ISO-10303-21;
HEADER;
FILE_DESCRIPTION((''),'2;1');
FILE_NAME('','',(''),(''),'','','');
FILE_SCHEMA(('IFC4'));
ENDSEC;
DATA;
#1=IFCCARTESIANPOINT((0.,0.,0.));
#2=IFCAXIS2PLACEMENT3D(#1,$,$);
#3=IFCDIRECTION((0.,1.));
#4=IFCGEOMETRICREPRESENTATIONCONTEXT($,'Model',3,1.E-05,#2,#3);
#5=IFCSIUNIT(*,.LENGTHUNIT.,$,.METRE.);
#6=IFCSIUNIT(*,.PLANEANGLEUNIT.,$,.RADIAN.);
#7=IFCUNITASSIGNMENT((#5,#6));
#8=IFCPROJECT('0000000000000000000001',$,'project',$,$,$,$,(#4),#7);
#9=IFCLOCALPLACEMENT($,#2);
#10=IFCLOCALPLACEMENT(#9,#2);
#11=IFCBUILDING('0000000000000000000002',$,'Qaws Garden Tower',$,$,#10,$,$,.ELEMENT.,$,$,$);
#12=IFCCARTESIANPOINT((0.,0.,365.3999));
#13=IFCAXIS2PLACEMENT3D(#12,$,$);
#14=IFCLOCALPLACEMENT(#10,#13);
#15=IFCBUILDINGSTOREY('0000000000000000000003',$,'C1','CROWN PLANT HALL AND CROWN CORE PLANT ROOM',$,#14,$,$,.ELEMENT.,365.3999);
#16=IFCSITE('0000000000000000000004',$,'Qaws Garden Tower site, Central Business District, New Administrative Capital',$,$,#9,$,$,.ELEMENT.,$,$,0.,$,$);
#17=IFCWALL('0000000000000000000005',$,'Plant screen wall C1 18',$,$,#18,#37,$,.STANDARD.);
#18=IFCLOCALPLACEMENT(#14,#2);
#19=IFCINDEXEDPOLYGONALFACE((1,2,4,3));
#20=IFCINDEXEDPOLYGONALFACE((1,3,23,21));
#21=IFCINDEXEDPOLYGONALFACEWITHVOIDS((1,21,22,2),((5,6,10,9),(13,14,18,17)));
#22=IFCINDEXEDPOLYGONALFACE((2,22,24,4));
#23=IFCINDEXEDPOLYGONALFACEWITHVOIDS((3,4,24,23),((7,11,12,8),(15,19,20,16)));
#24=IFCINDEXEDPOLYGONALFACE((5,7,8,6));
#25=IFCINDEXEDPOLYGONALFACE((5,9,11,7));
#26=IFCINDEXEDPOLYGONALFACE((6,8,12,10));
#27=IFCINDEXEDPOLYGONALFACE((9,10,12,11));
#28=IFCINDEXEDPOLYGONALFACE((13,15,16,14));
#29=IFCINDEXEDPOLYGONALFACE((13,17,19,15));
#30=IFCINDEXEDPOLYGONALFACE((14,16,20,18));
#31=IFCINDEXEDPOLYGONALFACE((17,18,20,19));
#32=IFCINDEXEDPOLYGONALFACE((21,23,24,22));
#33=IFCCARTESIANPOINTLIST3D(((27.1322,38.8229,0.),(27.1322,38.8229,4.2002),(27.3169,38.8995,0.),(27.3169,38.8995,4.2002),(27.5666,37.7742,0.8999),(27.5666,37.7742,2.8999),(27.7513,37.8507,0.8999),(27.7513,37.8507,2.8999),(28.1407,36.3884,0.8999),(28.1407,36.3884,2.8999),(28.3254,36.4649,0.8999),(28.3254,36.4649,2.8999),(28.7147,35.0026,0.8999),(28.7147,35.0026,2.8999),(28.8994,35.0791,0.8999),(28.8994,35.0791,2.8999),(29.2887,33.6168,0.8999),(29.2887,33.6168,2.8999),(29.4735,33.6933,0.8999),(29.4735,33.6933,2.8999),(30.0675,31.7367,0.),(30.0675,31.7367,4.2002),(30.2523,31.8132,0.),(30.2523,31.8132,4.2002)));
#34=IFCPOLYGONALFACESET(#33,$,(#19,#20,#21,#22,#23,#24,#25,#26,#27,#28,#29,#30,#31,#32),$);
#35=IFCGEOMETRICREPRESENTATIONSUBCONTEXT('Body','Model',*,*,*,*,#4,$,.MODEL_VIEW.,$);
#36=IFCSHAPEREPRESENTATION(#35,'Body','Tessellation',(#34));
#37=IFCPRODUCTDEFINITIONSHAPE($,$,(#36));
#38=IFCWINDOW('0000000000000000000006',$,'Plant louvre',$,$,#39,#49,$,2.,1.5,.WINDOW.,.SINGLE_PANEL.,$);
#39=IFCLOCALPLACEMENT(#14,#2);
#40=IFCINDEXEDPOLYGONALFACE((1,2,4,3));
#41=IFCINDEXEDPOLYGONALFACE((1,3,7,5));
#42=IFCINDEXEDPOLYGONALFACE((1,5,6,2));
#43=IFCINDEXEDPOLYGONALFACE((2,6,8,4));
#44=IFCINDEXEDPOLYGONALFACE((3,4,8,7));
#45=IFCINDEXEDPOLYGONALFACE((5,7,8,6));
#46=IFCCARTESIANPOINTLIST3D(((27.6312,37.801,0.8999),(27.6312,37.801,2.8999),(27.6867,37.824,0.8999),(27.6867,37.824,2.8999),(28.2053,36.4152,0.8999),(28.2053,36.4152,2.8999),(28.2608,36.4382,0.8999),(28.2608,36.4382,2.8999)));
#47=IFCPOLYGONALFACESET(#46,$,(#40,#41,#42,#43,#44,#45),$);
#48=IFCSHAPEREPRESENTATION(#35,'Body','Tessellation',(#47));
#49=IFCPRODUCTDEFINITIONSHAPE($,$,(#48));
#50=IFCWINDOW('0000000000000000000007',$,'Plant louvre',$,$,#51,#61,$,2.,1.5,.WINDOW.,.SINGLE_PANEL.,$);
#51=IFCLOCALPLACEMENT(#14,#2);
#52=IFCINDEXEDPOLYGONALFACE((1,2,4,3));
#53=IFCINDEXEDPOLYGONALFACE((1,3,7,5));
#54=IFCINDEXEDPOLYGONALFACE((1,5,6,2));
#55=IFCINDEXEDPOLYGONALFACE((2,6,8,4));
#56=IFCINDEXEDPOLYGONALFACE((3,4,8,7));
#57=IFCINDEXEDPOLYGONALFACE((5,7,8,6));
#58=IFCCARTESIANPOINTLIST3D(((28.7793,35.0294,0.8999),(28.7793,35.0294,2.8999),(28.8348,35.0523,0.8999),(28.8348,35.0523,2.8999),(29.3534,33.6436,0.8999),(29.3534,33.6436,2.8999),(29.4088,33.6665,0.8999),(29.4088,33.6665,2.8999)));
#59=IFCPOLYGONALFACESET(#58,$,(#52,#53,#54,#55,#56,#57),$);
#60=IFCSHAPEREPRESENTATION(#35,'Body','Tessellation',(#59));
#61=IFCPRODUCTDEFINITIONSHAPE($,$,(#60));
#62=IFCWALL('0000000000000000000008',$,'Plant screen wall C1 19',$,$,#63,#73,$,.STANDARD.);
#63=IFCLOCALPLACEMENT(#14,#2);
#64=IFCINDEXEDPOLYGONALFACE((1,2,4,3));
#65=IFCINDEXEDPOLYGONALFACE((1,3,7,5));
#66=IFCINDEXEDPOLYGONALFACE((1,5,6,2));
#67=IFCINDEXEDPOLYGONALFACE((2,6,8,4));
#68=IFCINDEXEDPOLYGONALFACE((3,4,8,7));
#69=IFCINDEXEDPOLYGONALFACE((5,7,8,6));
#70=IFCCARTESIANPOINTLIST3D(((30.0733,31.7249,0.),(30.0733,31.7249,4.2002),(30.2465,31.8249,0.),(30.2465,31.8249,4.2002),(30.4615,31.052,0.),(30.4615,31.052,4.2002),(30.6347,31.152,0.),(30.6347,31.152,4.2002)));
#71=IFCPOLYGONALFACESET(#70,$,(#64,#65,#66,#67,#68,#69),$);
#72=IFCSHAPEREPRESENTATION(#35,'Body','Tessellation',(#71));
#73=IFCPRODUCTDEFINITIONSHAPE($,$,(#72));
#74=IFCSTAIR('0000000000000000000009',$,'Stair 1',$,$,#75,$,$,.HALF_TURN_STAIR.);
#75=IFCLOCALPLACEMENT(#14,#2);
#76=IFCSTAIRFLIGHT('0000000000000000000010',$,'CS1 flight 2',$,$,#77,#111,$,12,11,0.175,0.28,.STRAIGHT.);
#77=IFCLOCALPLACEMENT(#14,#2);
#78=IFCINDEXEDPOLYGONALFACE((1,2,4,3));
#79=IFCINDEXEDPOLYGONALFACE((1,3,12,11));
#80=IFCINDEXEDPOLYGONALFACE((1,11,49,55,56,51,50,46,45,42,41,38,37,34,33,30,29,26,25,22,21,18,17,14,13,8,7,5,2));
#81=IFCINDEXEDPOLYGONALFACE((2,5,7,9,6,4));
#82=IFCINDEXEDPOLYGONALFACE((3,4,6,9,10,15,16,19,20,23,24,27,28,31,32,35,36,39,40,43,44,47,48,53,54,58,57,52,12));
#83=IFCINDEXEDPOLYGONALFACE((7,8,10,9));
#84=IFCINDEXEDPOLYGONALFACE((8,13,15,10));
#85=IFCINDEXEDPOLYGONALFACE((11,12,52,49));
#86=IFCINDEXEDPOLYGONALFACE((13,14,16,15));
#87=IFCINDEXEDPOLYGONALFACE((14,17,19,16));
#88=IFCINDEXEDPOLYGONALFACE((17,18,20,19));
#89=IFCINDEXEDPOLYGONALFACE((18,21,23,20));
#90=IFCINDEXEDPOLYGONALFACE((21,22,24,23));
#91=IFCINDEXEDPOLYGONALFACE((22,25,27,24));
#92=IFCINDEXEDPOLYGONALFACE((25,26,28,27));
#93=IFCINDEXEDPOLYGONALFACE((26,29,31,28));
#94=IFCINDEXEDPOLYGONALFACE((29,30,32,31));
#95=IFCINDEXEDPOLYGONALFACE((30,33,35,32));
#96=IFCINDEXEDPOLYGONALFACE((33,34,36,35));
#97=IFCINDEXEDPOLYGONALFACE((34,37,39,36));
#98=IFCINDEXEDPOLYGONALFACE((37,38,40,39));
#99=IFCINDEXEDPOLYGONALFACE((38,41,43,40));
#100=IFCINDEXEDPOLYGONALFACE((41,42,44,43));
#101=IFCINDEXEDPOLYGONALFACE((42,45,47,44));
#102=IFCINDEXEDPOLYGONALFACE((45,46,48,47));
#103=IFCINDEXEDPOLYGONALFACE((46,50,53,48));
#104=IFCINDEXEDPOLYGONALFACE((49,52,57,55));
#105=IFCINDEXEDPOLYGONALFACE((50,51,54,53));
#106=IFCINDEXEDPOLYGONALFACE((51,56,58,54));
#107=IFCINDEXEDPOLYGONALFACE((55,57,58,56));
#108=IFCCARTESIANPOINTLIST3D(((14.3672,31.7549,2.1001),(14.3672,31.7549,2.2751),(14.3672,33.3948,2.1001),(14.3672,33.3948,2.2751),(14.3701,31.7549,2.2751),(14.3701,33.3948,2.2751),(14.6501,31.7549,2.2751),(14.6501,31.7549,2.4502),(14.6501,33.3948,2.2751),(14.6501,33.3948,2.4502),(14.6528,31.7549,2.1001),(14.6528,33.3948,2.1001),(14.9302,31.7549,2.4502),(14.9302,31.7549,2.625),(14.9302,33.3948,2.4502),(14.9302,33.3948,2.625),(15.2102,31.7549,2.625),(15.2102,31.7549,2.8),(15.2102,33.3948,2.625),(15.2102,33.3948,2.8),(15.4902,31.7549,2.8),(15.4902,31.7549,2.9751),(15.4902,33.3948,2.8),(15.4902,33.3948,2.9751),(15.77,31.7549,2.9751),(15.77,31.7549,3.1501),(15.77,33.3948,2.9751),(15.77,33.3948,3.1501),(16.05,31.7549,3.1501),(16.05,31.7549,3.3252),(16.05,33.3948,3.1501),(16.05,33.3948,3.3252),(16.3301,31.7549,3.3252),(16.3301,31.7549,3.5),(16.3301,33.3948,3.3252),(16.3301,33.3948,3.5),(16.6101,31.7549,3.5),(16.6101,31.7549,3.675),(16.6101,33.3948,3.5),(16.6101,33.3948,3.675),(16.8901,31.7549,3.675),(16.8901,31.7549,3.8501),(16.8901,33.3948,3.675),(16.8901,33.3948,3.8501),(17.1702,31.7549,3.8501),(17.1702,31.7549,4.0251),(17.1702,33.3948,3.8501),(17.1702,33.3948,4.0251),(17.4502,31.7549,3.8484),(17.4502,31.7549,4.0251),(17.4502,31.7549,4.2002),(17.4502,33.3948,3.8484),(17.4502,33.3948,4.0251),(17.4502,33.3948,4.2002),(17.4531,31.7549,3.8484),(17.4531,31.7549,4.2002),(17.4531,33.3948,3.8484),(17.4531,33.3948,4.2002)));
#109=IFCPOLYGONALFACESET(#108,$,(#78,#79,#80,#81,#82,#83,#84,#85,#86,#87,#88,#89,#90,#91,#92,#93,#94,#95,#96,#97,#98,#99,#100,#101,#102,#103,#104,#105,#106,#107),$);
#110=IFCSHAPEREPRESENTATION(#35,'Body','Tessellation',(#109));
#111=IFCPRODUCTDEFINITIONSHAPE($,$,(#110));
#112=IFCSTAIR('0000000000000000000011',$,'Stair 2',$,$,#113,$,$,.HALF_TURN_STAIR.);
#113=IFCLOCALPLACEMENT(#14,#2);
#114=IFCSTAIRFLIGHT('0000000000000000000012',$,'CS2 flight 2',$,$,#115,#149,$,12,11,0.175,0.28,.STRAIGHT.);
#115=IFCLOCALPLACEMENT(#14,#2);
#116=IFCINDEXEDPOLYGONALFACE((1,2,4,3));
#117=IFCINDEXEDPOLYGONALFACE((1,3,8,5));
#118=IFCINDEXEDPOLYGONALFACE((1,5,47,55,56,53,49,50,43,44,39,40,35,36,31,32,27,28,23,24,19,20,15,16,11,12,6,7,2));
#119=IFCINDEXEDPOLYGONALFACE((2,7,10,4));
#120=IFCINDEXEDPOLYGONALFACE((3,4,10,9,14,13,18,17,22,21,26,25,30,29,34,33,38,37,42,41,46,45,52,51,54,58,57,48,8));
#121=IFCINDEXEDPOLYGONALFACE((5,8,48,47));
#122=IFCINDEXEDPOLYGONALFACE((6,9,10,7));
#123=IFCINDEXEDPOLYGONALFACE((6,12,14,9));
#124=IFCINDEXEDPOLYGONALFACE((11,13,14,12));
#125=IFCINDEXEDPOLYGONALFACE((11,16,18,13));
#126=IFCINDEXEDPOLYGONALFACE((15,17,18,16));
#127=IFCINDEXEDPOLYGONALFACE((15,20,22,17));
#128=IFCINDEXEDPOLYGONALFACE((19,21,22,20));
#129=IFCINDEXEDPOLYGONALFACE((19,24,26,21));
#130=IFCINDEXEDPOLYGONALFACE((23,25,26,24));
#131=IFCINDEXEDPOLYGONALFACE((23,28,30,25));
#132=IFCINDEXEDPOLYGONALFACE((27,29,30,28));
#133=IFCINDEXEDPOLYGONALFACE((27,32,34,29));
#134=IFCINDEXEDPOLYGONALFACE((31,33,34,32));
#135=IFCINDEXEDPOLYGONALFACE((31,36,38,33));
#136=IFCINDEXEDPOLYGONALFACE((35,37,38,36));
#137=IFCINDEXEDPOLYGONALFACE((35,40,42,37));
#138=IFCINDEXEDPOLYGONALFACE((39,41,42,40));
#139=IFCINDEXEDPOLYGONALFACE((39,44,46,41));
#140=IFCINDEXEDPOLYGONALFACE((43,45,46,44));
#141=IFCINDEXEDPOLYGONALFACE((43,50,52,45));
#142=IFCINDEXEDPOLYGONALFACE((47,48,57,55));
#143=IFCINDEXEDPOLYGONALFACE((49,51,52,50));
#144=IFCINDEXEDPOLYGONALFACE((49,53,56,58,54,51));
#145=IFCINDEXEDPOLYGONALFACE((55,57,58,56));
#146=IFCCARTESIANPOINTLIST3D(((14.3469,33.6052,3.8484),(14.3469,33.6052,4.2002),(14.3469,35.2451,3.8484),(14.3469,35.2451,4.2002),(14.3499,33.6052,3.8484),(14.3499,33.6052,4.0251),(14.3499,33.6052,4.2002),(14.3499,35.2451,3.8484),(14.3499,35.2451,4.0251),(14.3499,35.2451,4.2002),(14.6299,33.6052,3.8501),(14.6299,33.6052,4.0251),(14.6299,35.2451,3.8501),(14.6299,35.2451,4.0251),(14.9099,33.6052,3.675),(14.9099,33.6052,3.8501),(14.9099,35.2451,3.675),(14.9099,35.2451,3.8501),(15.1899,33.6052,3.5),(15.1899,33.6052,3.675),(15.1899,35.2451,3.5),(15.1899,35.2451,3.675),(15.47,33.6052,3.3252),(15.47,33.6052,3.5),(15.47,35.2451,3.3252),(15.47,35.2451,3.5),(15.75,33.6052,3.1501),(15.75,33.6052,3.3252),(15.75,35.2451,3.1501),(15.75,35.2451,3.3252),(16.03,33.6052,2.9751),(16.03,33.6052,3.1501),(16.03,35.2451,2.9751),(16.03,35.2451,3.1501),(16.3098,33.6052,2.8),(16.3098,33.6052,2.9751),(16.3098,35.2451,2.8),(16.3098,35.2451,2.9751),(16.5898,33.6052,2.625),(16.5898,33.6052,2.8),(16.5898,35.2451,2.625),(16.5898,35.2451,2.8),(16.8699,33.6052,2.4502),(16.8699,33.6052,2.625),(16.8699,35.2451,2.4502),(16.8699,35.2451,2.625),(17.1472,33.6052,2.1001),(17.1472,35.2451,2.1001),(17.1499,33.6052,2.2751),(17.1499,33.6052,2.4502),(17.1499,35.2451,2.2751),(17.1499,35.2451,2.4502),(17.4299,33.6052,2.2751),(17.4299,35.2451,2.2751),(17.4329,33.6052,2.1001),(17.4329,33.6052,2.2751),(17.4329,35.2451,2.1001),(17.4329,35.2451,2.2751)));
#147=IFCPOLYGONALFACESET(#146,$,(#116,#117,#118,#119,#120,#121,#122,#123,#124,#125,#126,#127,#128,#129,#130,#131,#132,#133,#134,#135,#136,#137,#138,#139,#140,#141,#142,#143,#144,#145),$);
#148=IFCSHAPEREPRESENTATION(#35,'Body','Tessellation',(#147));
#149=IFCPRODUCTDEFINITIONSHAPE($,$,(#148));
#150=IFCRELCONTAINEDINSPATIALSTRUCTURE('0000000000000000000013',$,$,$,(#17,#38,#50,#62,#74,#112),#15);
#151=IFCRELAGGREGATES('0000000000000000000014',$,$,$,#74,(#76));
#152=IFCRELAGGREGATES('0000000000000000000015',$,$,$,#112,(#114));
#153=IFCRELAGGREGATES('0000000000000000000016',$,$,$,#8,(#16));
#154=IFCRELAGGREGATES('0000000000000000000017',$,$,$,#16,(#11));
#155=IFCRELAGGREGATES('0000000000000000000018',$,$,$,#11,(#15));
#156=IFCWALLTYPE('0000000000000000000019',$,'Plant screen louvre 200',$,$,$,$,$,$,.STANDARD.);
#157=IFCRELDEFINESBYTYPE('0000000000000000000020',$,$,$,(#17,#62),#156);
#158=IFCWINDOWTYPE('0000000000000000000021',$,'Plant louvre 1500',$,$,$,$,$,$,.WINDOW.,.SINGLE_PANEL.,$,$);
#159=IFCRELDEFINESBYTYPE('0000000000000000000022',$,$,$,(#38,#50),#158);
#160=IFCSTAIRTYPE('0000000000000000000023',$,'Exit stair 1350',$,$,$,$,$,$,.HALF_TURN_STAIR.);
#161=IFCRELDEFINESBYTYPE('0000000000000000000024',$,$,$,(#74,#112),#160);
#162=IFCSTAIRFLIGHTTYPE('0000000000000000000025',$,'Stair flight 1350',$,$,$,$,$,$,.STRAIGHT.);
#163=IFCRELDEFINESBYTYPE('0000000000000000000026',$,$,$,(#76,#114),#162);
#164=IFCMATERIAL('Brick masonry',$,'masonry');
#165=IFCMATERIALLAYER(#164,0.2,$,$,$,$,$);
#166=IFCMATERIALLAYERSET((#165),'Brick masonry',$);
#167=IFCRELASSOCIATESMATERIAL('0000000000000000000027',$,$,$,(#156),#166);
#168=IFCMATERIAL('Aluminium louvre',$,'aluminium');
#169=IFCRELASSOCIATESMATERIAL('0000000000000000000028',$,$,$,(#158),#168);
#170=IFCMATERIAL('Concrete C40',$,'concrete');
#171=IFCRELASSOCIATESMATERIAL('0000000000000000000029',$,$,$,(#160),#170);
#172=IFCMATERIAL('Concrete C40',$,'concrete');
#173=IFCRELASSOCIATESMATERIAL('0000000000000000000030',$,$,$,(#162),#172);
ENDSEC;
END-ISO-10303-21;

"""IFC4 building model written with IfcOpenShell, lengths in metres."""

from ifc_helpers import new_model, si_unit, direction, frame, frame_2d, origin, place, context, subcontext, project, spatial, polyline, rectangle, outline, extrude, material, layer, layer_set, type_object, element, fill, aggregate, save


model = new_model("IFC4")

# Units and contexts
model_context = context("Model", 3, precision=1e-05, world=origin(), true_north=direction((0.0, 1.0)))
body_context = subcontext(model_context, "Body", "Model", "MODEL_VIEW")
ifc_project = project(units=[si_unit("LENGTHUNIT", "METRE"), si_unit("PLANEANGLEUNIT", "RADIAN")], contexts=[model_context])

# Site, building, storey
site_placement = place(None, origin())
site = spatial("IfcSite", under=ifc_project, at=site_placement, Name="Qaws Garden Tower site, Central Business District, New Administrative Capital", CompositionType="ELEMENT", RefElevation=0.0)
building_placement = place(site_placement, origin())
building = spatial("IfcBuilding", under=site, at=building_placement, Name="Qaws Garden Tower", CompositionType="ELEMENT")
storey_placement = place(building_placement, frame((0.0, 0.0, 365.3999)))
storey = spatial("IfcBuildingStorey", under=building, at=storey_placement, Name="C1", Description="CROWN PLANT HALL AND CROWN CORE PLANT ROOM", CompositionType="ELEMENT", Elevation=365.3999)

# Shared definitions
ifc_material_1 = material(Name="Brick masonry", Category="masonry")
ifc_layer_1 = layer(ifc_material_1, 0.2)
ifc_layer_set_1 = layer_set([ifc_layer_1], Name="Brick masonry")
wall_type_1 = type_object("IfcWallType", Name="Plant screen louvre 200", PredefinedType="STANDARD", material=ifc_layer_set_1)
ifc_material_2 = material(Name="Aluminium louvre", Category="aluminium")
window_type = type_object("IfcWindowType", Name="Plant louvre 1500", PartitioningType="SINGLE_PANEL", PredefinedType="WINDOW", material=ifc_material_2)

# Wall, openings, windows
wall_1_placement = place(storey_placement, frame((27.2246, 38.8611, 0.0), z_axis=(0.0, 0.0, 1.0), x_axis=(0.382696, -0.923874, 0.0)))
wall_1 = element("IfcWall", 1, at=wall_1_placement, inside=storey, type_object=wall_type_1, Name="Plant screen wall C1 18", PredefinedType="STANDARD", context=body_context, shape_type="SweptSolid", body=[
    extrude(rectangle(XDim=7.6702, YDim=0.2, at=frame_2d((3.835, 0.0))), origin(), (0.0, 0.0, 1.0), 4.2002),
])
opening_1_placement = place(wall_1_placement, frame((1.135, 0.0, 0.8999)))
opening_1 = element("IfcOpeningElement", 2, at=opening_1_placement, cuts=wall_1, PredefinedType="OPENING", context=body_context, shape_type="SweptSolid", body=[
    extrude(rectangle(XDim=1.5, YDim=2.0, at=frame_2d((0.75, 1.0))), frame((0.0, 0.1099, 0.0), z_axis=(0.0, -1.0, 0.0), x_axis=(1.0, 0.0, 0.0)), (0.0, 0.0, 1.0), 0.22),
])
opening_2_placement = place(wall_1_placement, frame((4.135, 0.0, 0.8999)))
opening_2 = element("IfcOpeningElement", 3, at=opening_2_placement, cuts=wall_1, PredefinedType="OPENING", context=body_context, shape_type="SweptSolid", body=[
    extrude(rectangle(XDim=1.5, YDim=2.0, at=frame_2d((0.75, 1.0))), frame((0.0, 0.1099, 0.0), z_axis=(0.0, -1.0, 0.0), x_axis=(1.0, 0.0, 0.0)), (0.0, 0.0, 1.0), 0.22),
])
window_1_placement = place(opening_1_placement, origin())
window_1 = element("IfcWindow", 4, at=window_1_placement, inside=storey, type_object=window_type, Name="Plant louvre", OverallHeight=2.0, OverallWidth=1.5, PartitioningType="SINGLE_PANEL", PredefinedType="WINDOW", context=body_context, shape_type="SweptSolid", body=[
    extrude(rectangle(XDim=1.5, YDim=2.0, at=frame_2d((0.75, 1.0))), frame((0.0, 0.03, 0.0), z_axis=(0.0, -1.0, 0.0), x_axis=(1.0, 0.0, 0.0)), (0.0, 0.0, 1.0), 0.0601),
])
fill(opening_1, window_1)
window_2_placement = place(opening_2_placement, origin())
window_2 = element("IfcWindow", 5, at=window_2_placement, inside=storey, type_object=window_type, Name="Plant louvre", OverallHeight=2.0, OverallWidth=1.5, PartitioningType="SINGLE_PANEL", PredefinedType="WINDOW", context=body_context, shape_type="SweptSolid", body=[
    extrude(rectangle(XDim=1.5, YDim=2.0, at=frame_2d((0.75, 1.0))), frame((0.0, 0.03, 0.0), z_axis=(0.0, -1.0, 0.0), x_axis=(1.0, 0.0, 0.0)), (0.0, 0.0, 1.0), 0.0601),
])
fill(opening_2, window_2)

# Wall
wall_2_placement = place(storey_placement, frame((30.1599, 31.7749, 0.0), z_axis=(0.0, 0.0, 1.0), x_axis=(0.499722, -0.866186, 0.0)))
element("IfcWall", 6, at=wall_2_placement, inside=storey, type_object=wall_type_1, Name="Plant screen wall C1 19", PredefinedType="STANDARD", context=body_context, shape_type="SweptSolid", body=[
    extrude(rectangle(XDim=0.7769, YDim=0.2, at=frame_2d((0.3884, 0.0))), origin(), (0.0, 0.0, 1.0), 4.2002),
])

# Stairs, stair flights
ifc_material_3 = material(Name="Concrete C40", Category="concrete")
stair_type = type_object("IfcStairType", Name="Exit stair 1350", PredefinedType="HALF_TURN_STAIR", material=ifc_material_3)
placement = place(storey_placement, origin())
stair_1 = element("IfcStair", 7, at=placement, inside=storey, type_object=stair_type, Name="Stair 1", PredefinedType="HALF_TURN_STAIR")
ifc_material_4 = material(Name="Concrete C40", Category="concrete")
stair_flight_type = type_object("IfcStairFlightType", Name="Stair flight 1350", PredefinedType="STRAIGHT", material=ifc_material_4)
stair_flight_1_placement = place(storey_placement, frame((14.3701, 32.575, 2.1001), z_axis=(0.0, 0.0, 1.0), x_axis=(1.0, 0.0, 0.0)))
stair_flight_1 = element("IfcStairFlight", 8, at=stair_flight_1_placement, type_object=stair_flight_type, Name="CS1 flight 2", NumberOfRisers=12, NumberOfTreads=11, PredefinedType="STRAIGHT", RiserHeight=0.175, TreadLength=0.28, context=body_context, shape_type="SweptSolid", body=[
    extrude(outline(polyline([(-0.0029, 0.0), (-0.0029, 0.175), (0.0, 0.175), (0.28, 0.175), (0.28, 0.3501), (0.5601, 0.3501), (0.5601, 0.5249), (0.8401, 0.5249), (0.8401, 0.7), (1.1201, 0.7), (1.1201, 0.875), (1.3999, 0.875), (1.3999, 1.05), (1.6799, 1.05), (1.6799, 1.2251), (1.96, 1.2251), (1.96, 1.3999), (2.24, 1.3999), (2.24, 1.575), (2.52, 1.575), (2.52, 1.75), (2.8, 1.75), (2.8, 1.925), (3.0801, 1.925), (3.0801, 2.1001), (3.083, 2.1001), (3.083, 1.7483), (3.0801, 1.7483), (0.2827, 0.0), (-0.0029, 0.0)])), frame((0.0, 0.8198, 0.0), z_axis=(0.0, -1.0, 0.0), x_axis=(1.0, 0.0, 0.0)), (0.0, 0.0, 1.0), 1.6399),
])
aggregate(stair_1, [stair_flight_1])
stair_2 = element("IfcStair", 9, at=placement, inside=storey, type_object=stair_type, Name="Stair 2", PredefinedType="HALF_TURN_STAIR")
stair_flight_2_placement = place(storey_placement, frame((17.4299, 34.425, 2.1001), z_axis=(0.0, 0.0, 1.0), x_axis=(-1.0, 0.0, 0.0)))
stair_flight_2 = element("IfcStairFlight", 10, at=stair_flight_2_placement, type_object=stair_flight_type, Name="CS2 flight 2", NumberOfRisers=12, NumberOfTreads=11, PredefinedType="STRAIGHT", RiserHeight=0.175, TreadLength=0.28, context=body_context, shape_type="SweptSolid", body=[
    extrude(outline(polyline([(-0.0029, 0.0), (-0.0029, 0.175), (0.0, 0.175), (0.28, 0.175), (0.28, 0.3501), (0.5601, 0.3501), (0.5601, 0.5249), (0.8401, 0.5249), (0.8401, 0.7), (1.1201, 0.7), (1.1201, 0.875), (1.3999, 0.875), (1.3999, 1.05), (1.6799, 1.05), (1.6799, 1.2251), (1.96, 1.2251), (1.96, 1.3999), (2.24, 1.3999), (2.24, 1.575), (2.52, 1.575), (2.52, 1.75), (2.8, 1.75), (2.8, 1.925), (3.0801, 1.925), (3.0801, 2.1001), (3.083, 2.1001), (3.083, 1.7483), (3.0801, 1.7483), (0.2827, 0.0), (-0.0029, 0.0)])), frame((0.0, 0.8198, 0.0), z_axis=(0.0, -1.0, 0.0), x_axis=(1.0, 0.0, 0.0)), (0.0, 0.0, 1.0), 1.6399),
])
aggregate(stair_2, [stair_flight_2])

save(model, "model.ifc")
